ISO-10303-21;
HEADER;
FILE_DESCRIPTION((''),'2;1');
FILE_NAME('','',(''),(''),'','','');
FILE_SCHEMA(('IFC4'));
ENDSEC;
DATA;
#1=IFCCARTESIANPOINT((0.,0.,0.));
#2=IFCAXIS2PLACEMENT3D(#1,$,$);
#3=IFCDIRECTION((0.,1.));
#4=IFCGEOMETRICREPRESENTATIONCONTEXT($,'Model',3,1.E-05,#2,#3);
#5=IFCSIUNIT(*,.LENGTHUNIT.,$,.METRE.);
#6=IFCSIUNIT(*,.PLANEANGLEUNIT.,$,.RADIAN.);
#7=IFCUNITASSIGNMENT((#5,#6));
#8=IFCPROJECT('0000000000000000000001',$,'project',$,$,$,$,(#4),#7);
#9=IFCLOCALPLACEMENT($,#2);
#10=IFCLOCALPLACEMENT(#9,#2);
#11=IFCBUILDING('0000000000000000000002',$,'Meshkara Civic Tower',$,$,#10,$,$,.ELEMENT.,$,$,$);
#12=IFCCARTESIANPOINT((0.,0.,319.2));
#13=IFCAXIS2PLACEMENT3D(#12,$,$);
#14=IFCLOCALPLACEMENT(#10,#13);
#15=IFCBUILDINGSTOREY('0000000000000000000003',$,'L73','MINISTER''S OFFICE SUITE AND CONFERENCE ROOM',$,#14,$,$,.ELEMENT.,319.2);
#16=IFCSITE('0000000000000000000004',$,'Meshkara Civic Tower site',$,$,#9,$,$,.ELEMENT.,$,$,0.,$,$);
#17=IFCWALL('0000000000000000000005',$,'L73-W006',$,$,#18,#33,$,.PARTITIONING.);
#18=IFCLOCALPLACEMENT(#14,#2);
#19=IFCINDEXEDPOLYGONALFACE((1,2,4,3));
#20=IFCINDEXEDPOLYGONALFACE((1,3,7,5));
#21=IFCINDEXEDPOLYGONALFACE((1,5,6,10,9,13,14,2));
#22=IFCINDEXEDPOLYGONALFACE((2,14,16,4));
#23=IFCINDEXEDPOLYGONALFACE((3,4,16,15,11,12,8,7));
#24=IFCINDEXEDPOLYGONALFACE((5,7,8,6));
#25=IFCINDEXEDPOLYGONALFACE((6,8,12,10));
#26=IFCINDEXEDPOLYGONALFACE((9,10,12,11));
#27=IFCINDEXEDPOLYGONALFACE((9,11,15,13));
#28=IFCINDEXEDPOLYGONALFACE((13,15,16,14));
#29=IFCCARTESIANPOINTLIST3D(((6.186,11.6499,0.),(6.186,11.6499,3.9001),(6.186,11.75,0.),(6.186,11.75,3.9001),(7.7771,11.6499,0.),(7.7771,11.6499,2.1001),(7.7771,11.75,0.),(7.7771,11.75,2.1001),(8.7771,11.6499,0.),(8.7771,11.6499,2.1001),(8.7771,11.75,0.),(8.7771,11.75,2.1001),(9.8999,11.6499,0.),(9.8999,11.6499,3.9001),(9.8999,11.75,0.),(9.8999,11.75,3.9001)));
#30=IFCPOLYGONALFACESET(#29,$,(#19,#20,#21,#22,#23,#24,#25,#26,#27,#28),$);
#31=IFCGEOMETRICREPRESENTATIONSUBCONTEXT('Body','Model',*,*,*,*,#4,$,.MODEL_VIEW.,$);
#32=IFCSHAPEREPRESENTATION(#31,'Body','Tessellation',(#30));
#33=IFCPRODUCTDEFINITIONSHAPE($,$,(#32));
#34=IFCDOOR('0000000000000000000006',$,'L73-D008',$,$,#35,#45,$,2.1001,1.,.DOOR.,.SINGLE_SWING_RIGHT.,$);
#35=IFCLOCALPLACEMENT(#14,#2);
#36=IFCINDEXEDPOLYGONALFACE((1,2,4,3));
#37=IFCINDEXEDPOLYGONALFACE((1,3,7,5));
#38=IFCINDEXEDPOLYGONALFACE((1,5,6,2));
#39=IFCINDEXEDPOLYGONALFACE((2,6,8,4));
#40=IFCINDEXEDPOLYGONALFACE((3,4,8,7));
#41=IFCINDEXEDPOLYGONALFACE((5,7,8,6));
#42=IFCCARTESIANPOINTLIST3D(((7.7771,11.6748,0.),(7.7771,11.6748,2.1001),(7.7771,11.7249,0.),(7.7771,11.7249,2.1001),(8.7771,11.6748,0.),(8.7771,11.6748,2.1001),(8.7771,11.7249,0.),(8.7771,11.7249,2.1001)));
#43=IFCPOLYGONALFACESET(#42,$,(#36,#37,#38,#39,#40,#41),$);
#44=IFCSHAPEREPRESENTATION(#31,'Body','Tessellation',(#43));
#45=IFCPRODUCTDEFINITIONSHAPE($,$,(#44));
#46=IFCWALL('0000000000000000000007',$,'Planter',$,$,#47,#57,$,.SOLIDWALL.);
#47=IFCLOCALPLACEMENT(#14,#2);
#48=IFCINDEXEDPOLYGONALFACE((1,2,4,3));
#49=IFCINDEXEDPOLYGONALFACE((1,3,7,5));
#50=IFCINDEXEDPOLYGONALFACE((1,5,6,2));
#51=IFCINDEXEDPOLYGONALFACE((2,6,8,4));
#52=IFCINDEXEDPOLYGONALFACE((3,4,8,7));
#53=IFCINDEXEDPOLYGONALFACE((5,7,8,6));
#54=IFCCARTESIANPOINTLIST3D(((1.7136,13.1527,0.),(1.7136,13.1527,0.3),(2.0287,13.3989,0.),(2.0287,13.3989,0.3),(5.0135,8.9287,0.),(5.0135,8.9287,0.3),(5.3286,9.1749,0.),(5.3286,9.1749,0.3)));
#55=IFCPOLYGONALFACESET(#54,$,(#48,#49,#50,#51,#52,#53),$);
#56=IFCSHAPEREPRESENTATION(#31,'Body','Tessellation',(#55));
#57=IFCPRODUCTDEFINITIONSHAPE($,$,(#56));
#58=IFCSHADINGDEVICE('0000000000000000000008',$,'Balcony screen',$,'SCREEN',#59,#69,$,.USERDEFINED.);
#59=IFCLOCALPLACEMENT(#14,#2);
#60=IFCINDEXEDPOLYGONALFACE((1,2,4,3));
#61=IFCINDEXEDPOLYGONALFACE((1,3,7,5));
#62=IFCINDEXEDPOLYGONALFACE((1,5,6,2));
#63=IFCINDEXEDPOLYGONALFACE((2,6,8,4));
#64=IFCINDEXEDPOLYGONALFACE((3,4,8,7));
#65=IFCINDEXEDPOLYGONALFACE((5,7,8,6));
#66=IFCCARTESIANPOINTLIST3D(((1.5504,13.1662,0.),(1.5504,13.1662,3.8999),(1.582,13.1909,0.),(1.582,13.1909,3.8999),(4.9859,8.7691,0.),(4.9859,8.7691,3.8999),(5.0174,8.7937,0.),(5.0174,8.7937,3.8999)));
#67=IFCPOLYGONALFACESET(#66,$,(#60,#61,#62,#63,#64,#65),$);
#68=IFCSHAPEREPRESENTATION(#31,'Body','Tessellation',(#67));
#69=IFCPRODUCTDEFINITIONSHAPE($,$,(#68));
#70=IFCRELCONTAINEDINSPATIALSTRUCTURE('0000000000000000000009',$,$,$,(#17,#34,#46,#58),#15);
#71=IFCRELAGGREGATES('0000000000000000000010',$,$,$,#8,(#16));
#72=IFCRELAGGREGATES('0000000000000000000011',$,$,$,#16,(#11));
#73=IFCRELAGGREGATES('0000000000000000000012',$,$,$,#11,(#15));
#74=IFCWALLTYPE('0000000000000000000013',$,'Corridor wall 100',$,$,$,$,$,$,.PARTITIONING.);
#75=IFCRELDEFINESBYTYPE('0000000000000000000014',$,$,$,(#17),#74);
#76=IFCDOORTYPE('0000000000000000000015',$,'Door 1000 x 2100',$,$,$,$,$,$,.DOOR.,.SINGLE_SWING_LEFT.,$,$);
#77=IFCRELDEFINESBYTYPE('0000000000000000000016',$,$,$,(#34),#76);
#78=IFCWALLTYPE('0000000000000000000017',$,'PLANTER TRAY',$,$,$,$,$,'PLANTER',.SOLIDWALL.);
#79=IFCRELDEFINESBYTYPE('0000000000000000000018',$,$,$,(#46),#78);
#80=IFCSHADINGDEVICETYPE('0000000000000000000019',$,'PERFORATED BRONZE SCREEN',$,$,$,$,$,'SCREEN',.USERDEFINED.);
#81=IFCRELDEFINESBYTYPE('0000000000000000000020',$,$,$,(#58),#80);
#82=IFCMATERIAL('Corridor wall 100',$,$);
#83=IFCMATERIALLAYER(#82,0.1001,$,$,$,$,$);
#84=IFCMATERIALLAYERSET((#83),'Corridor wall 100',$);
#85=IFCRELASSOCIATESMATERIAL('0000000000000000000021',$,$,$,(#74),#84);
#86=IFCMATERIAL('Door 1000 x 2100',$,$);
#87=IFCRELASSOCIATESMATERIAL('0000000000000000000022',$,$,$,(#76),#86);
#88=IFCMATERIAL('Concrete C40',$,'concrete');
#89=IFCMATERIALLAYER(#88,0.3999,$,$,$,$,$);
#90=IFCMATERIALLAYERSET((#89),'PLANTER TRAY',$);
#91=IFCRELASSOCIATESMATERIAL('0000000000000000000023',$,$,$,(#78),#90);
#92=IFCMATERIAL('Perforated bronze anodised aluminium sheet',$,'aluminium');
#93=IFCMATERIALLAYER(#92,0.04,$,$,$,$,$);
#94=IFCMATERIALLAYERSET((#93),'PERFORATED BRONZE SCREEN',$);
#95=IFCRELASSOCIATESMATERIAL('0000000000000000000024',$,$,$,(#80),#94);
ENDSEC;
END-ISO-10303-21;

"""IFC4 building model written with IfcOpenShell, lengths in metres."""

from ifc_helpers import new_model, si_unit, direction, frame, frame_2d, origin, origin_2d, place, context, subcontext, project, spatial, rectangle, extrude, material, layer, layer_set, type_object, element, fill, save


model = new_model("IFC4")

# Units and contexts
model_context = context("Model", 3, precision=1e-05, world=origin(), true_north=direction((0.0, 1.0)))
body_context = subcontext(model_context, "Body", "Model", "MODEL_VIEW")
ifc_project = project(units=[si_unit("LENGTHUNIT", "METRE"), si_unit("PLANEANGLEUNIT", "RADIAN")], contexts=[model_context])

# Site, building, storey
site_placement = place(None, origin())
site = spatial("IfcSite", under=ifc_project, at=site_placement, Name="Meshkara Civic Tower site", CompositionType="ELEMENT", RefElevation=0.0)
building_placement = place(site_placement, origin())
building = spatial("IfcBuilding", under=site, at=building_placement, Name="Meshkara Civic Tower", CompositionType="ELEMENT")
storey_placement = place(building_placement, frame((0.0, 0.0, 319.2)))
storey = spatial("IfcBuildingStorey", under=building, at=storey_placement, Name="L73", Description="MINISTER'S OFFICE SUITE AND CONFERENCE ROOM", CompositionType="ELEMENT", Elevation=319.2)

# Shared definitions
ifc_material_1 = material(Name="Corridor wall 100")
ifc_layer_1 = layer(ifc_material_1, 0.1001)
ifc_layer_set_1 = layer_set([ifc_layer_1], Name="Corridor wall 100")
wall_type_1 = type_object("IfcWallType", Name="Corridor wall 100", PredefinedType="PARTITIONING", material=ifc_layer_set_1)
ifc_material_2 = material(Name="Door 1000 x 2100")
door_type = type_object("IfcDoorType", Name="Door 1000 x 2100", OperationType="SINGLE_SWING_LEFT", PredefinedType="DOOR", material=ifc_material_2)

# Wall, opening, door
wall_1_placement = place(storey_placement, frame((6.186, 11.7, 0.0), z_axis=(0.0, 0.0, 1.0), x_axis=(1.0, 0.0, 0.0)))
wall_1 = element("IfcWall", 1, at=wall_1_placement, inside=storey, type_object=wall_type_1, Name="L73-W006", PredefinedType="PARTITIONING", context=body_context, shape_type="SweptSolid", body=[
    extrude(rectangle(XDim=3.7139, YDim=0.1001, at=frame_2d((1.8569, 0.0))), origin(), (0.0, 0.0, 1.0), 3.9001),
])
opening_1_placement = place(wall_1_placement, frame((1.5911, 0.0, 0.0)))
opening_1 = element("IfcOpeningElement", 2, at=opening_1_placement, cuts=wall_1, PredefinedType="OPENING", context=body_context, shape_type="SweptSolid", body=[
    extrude(rectangle(XDim=1.0, YDim=2.1001, at=frame_2d((0.5, 1.05))), frame((0.0, 0.0601, 0.0), z_axis=(0.0, -1.0, 0.0), x_axis=(1.0, 0.0, 0.0)), (0.0, 0.0, 1.0), 0.1201),
])
door_1_placement = place(opening_1_placement, origin())
door_1 = element("IfcDoor", 3, at=door_1_placement, inside=storey, type_object=door_type, Name="L73-D008", OperationType="SINGLE_SWING_RIGHT", OverallHeight=2.1001, OverallWidth=1.0, PredefinedType="DOOR", context=body_context, shape_type="SweptSolid", body=[
    extrude(rectangle(XDim=1.0, YDim=2.1001, at=frame_2d((0.5, 1.05))), frame((0.0, 0.0249, 0.0), z_axis=(0.0, -1.0, 0.0), x_axis=(1.0, 0.0, 0.0)), (0.0, 0.0, 1.0), 0.05),
])
fill(opening_1, door_1)

# Wall
ifc_material_3 = material(Name="Concrete C40", Category="concrete")
ifc_layer_2 = layer(ifc_material_3, 0.3999)
ifc_layer_set_2 = layer_set([ifc_layer_2], Name="PLANTER TRAY")
wall_type_2 = type_object("IfcWallType", Name="PLANTER TRAY", ElementType="PLANTER", PredefinedType="SOLIDWALL", material=ifc_layer_set_2)
wall_2_placement = place(storey_placement, frame((1.8711, 13.2759, 0.0), z_axis=(0.0, 0.0, 1.0), x_axis=(0.615633, -0.788033, 0.0)))
element("IfcWall", 4, at=wall_2_placement, inside=storey, type_object=wall_type_2, Name="Planter", PredefinedType="SOLIDWALL", context=body_context, shape_type="SweptSolid", body=[
    extrude(rectangle(XDim=5.3601, YDim=0.3999, at=frame_2d((2.6802, 0.0))), origin(), (0.0, 0.0, 1.0), 0.3),
])

# Shading device
ifc_material_4 = material(Name="Perforated bronze anodised aluminium sheet", Category="aluminium")
ifc_layer_3 = layer(ifc_material_4, 0.04)
ifc_layer_set_3 = layer_set([ifc_layer_3], Name="PERFORATED BRONZE SCREEN")
shading_device_type = type_object("IfcShadingDeviceType", Name="PERFORATED BRONZE SCREEN", ElementType="SCREEN", PredefinedType="USERDEFINED", material=ifc_layer_set_3)
shading_device_placement = place(storey_placement, frame((3.2839, 10.98, 0.0), z_axis=(0.0, 0.0, 1.0), x_axis=(0.615661, -0.788011, 0.0)))
element("IfcShadingDevice", 5, at=shading_device_placement, inside=storey, type_object=shading_device_type, Name="Balcony screen", ObjectType="SCREEN", PredefinedType="USERDEFINED", context=body_context, shape_type="SweptSolid", body=[
    extrude(rectangle(XDim=5.5801, YDim=0.04, at=origin_2d()), origin(), (0.0, 0.0, 1.0), 3.8999),
])

save(model, "model.ifc")
